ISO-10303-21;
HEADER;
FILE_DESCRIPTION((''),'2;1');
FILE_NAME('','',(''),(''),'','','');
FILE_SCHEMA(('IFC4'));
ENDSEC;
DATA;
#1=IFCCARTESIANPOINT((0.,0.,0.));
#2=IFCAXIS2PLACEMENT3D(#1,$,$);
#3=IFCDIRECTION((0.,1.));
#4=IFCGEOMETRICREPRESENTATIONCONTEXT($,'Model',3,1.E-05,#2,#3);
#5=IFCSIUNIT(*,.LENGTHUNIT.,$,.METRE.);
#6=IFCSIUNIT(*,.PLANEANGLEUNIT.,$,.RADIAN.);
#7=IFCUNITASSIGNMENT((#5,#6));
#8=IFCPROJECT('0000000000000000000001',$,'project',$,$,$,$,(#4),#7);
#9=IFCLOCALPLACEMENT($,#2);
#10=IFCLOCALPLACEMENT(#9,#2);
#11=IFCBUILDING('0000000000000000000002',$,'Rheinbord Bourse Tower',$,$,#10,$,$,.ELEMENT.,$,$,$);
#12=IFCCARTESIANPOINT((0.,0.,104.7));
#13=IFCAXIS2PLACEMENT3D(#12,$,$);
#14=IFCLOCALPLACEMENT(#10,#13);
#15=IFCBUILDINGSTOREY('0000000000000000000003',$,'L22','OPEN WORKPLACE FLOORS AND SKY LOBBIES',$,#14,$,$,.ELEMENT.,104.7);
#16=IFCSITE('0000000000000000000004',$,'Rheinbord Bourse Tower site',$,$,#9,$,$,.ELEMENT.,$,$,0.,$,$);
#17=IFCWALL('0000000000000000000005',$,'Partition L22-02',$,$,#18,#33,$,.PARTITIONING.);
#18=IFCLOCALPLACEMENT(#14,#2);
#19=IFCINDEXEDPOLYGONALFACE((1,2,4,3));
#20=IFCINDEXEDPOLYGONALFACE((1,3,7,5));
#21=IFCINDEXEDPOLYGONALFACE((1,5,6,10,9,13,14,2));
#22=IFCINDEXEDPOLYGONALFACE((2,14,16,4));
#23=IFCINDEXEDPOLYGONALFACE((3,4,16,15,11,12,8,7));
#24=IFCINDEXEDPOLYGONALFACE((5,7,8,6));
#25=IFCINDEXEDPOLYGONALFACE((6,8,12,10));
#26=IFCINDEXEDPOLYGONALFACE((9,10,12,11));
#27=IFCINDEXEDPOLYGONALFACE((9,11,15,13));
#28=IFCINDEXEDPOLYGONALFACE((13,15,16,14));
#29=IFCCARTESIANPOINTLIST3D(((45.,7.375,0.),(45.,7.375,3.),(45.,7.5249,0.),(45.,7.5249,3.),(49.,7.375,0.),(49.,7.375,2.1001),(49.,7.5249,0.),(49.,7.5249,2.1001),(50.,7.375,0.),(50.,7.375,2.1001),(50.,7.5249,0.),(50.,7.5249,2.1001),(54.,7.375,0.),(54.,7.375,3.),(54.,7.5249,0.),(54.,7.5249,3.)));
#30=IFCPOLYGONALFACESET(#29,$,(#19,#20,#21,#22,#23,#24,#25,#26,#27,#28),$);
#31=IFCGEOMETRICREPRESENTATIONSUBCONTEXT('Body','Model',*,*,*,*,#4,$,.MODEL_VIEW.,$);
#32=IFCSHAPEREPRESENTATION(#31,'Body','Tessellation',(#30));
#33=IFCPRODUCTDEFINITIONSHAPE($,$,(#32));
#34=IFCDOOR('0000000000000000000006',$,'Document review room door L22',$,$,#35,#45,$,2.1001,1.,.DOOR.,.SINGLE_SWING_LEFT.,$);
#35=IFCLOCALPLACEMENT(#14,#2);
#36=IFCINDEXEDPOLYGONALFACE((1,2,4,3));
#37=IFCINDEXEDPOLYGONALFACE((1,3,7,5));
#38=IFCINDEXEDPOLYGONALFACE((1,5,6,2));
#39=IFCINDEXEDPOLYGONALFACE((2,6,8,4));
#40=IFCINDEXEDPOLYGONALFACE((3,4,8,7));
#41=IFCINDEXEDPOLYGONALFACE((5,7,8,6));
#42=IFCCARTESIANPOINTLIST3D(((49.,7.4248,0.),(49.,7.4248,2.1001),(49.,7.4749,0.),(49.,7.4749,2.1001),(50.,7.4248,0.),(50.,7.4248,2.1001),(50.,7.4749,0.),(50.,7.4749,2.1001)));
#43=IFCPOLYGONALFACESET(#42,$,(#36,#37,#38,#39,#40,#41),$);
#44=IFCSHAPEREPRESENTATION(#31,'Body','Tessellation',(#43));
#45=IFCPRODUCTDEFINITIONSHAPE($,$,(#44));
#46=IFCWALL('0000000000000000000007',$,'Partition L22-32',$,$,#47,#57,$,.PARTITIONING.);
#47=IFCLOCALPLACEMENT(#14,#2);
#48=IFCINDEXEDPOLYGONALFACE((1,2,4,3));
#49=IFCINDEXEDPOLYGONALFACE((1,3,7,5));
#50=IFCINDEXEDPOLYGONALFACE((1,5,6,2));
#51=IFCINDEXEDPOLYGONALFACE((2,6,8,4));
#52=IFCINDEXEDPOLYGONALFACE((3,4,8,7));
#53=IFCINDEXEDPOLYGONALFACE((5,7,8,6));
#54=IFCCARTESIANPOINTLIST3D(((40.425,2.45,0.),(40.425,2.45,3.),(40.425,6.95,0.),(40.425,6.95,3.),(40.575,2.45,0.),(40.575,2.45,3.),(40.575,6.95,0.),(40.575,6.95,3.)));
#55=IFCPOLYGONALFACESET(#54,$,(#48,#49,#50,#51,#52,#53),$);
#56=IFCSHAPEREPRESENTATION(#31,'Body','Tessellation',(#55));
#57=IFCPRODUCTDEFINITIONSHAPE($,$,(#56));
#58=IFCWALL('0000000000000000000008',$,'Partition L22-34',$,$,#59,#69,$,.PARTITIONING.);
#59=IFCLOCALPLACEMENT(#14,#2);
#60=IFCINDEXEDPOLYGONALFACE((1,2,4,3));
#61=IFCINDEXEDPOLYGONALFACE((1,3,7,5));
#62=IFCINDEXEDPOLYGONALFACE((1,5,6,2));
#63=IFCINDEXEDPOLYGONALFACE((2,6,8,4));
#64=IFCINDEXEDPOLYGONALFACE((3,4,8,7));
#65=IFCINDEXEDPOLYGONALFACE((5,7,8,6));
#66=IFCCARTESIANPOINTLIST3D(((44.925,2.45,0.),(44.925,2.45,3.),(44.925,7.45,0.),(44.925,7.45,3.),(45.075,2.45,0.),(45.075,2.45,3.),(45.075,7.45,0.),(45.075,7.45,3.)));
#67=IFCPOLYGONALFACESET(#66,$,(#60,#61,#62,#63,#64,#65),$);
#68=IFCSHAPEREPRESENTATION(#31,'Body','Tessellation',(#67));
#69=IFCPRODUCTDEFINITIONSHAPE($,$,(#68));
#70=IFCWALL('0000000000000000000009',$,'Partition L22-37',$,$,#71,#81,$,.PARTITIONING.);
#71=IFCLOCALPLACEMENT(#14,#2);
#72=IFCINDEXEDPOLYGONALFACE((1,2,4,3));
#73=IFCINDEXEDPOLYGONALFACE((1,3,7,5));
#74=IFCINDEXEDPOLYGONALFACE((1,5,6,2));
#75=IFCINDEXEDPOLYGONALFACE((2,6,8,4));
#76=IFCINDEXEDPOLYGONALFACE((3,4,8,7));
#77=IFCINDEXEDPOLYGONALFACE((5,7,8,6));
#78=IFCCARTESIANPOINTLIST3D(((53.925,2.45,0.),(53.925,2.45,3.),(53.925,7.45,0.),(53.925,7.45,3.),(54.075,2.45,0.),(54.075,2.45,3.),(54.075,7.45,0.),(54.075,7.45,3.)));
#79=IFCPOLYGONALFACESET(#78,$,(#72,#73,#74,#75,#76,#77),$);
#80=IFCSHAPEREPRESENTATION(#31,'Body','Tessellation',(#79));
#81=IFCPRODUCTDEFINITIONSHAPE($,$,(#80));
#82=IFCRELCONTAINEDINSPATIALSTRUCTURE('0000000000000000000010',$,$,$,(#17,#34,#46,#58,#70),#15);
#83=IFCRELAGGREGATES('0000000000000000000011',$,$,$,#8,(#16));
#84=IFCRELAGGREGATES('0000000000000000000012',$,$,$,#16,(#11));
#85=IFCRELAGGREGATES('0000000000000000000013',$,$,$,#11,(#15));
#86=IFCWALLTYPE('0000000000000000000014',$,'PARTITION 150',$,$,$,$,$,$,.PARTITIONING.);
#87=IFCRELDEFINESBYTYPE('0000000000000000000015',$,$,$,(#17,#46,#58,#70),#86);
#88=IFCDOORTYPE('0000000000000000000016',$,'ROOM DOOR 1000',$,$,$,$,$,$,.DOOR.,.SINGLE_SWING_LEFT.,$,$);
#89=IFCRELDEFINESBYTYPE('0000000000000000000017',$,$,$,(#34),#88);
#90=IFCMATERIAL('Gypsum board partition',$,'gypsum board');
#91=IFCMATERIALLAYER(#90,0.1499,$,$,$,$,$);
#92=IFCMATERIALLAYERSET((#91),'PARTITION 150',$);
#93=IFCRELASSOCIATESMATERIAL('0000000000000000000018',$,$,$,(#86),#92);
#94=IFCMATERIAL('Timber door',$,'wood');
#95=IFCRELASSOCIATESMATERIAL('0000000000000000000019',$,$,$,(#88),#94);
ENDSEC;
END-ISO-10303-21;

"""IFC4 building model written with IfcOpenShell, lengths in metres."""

from ifc_helpers import new_model, si_unit, direction, frame, frame_2d, origin, place, context, subcontext, project, spatial, rectangle, extrude, material, layer, layer_set, type_object, element, fill, save


model = new_model("IFC4")

# Units and contexts
model_context = context("Model", 3, precision=1e-05, world=origin(), true_north=direction((0.0, 1.0)))
body_context = subcontext(model_context, "Body", "Model", "MODEL_VIEW")
ifc_project = project(units=[si_unit("LENGTHUNIT", "METRE"), si_unit("PLANEANGLEUNIT", "RADIAN")], contexts=[model_context])

# Site, building, storey
site_placement = place(None, origin())
site = spatial("IfcSite", under=ifc_project, at=site_placement, Name="Rheinbord Bourse Tower site", CompositionType="ELEMENT", RefElevation=0.0)
building_placement = place(site_placement, origin())
building = spatial("IfcBuilding", under=site, at=building_placement, Name="Rheinbord Bourse Tower", CompositionType="ELEMENT")
storey_placement = place(building_placement, frame((0.0, 0.0, 104.7)))
storey = spatial("IfcBuildingStorey", under=building, at=storey_placement, Name="L22", Description="OPEN WORKPLACE FLOORS AND SKY LOBBIES", CompositionType="ELEMENT", Elevation=104.7)

# Wall, opening, door
ifc_material_1 = material(Name="Gypsum board partition", Category="gypsum board")
ifc_layer_1 = layer(ifc_material_1, 0.1499)
ifc_layer_set_1 = layer_set([ifc_layer_1], Name="PARTITION 150")
wall_type_1 = type_object("IfcWallType", Name="PARTITION 150", PredefinedType="PARTITIONING", material=ifc_layer_set_1)
wall_1_placement = place(storey_placement, frame((45.0, 7.45, 0.0), z_axis=(0.0, 0.0, 1.0), x_axis=(1.0, 0.0, 0.0)))
wall_1 = element("IfcWall", 1, at=wall_1_placement, inside=storey, type_object=wall_type_1, Name="Partition L22-02", PredefinedType="PARTITIONING", context=body_context, shape_type="SweptSolid", body=[
    extrude(rectangle(XDim=9.0, YDim=0.1499, at=frame_2d((4.5, 0.0))), origin(), (0.0, 0.0, 1.0), 3.0),
])
opening_1_placement = place(wall_1_placement, frame((4.0, 0.0, 0.0)))
opening_1 = element("IfcOpeningElement", 2, at=opening_1_placement, cuts=wall_1, PredefinedType="OPENING", context=body_context, shape_type="SweptSolid", body=[
    extrude(rectangle(XDim=1.0, YDim=2.1001, at=frame_2d((0.5, 1.05))), frame((0.0, 0.085, 0.0), z_axis=(0.0, -1.0, 0.0), x_axis=(1.0, 0.0, 0.0)), (0.0, 0.0, 1.0), 0.1699),
])
ifc_material_2 = material(Name="Timber door", Category="wood")
door_type_1 = type_object("IfcDoorType", Name="ROOM DOOR 1000", OperationType="SINGLE_SWING_LEFT", PredefinedType="DOOR", material=ifc_material_2)
door_1_placement = place(opening_1_placement, origin())
door_1 = element("IfcDoor", 3, at=door_1_placement, inside=storey, type_object=door_type_1, Name="Document review room door L22", OperationType="SINGLE_SWING_LEFT", OverallHeight=2.1001, OverallWidth=1.0, PredefinedType="DOOR", context=body_context, shape_type="SweptSolid", body=[
    extrude(rectangle(XDim=1.0, YDim=2.1001, at=frame_2d((0.5, 1.05))), frame((0.0, 0.0249, 0.0), z_axis=(0.0, -1.0, 0.0), x_axis=(1.0, 0.0, 0.0)), (0.0, 0.0, 1.0), 0.05),
])
fill(opening_1, door_1)

# Walls
wall_2_placement = place(storey_placement, frame((40.5, 2.45, 0.0), z_axis=(0.0, 0.0, 1.0), x_axis=(0.0, 1.0, 0.0)))
element("IfcWall", 4, at=wall_2_placement, inside=storey, type_object=wall_type_1, Name="Partition L22-32", PredefinedType="PARTITIONING", context=body_context, shape_type="SweptSolid", body=[
    extrude(rectangle(XDim=4.5, YDim=0.1499, at=frame_2d((2.25, 0.0))), origin(), (0.0, 0.0, 1.0), 3.0),
])
for number, where, z_axis, x_axis, name in (
    (5, (45.0, 2.45, 0.0), (0.0, 0.0, 1.0), (0.0, 1.0, 0.0), "Partition L22-34"),
    (6, (54.0, 2.45, 0.0), (0.0, 0.0, 1.0), (0.0, 1.0, 0.0), "Partition L22-37"),
):
    element("IfcWall", number, at=place(storey_placement, frame(where, z_axis=z_axis, x_axis=x_axis)), inside=storey, type_object=wall_type_1, Name=name, PredefinedType="PARTITIONING", context=body_context, shape_type="SweptSolid", body=[
        extrude(rectangle(XDim=5.0, YDim=0.1499, at=frame_2d((2.5, 0.0))), origin(), (0.0, 0.0, 1.0), 3.0),
    ])

save(model, "model.ifc")
